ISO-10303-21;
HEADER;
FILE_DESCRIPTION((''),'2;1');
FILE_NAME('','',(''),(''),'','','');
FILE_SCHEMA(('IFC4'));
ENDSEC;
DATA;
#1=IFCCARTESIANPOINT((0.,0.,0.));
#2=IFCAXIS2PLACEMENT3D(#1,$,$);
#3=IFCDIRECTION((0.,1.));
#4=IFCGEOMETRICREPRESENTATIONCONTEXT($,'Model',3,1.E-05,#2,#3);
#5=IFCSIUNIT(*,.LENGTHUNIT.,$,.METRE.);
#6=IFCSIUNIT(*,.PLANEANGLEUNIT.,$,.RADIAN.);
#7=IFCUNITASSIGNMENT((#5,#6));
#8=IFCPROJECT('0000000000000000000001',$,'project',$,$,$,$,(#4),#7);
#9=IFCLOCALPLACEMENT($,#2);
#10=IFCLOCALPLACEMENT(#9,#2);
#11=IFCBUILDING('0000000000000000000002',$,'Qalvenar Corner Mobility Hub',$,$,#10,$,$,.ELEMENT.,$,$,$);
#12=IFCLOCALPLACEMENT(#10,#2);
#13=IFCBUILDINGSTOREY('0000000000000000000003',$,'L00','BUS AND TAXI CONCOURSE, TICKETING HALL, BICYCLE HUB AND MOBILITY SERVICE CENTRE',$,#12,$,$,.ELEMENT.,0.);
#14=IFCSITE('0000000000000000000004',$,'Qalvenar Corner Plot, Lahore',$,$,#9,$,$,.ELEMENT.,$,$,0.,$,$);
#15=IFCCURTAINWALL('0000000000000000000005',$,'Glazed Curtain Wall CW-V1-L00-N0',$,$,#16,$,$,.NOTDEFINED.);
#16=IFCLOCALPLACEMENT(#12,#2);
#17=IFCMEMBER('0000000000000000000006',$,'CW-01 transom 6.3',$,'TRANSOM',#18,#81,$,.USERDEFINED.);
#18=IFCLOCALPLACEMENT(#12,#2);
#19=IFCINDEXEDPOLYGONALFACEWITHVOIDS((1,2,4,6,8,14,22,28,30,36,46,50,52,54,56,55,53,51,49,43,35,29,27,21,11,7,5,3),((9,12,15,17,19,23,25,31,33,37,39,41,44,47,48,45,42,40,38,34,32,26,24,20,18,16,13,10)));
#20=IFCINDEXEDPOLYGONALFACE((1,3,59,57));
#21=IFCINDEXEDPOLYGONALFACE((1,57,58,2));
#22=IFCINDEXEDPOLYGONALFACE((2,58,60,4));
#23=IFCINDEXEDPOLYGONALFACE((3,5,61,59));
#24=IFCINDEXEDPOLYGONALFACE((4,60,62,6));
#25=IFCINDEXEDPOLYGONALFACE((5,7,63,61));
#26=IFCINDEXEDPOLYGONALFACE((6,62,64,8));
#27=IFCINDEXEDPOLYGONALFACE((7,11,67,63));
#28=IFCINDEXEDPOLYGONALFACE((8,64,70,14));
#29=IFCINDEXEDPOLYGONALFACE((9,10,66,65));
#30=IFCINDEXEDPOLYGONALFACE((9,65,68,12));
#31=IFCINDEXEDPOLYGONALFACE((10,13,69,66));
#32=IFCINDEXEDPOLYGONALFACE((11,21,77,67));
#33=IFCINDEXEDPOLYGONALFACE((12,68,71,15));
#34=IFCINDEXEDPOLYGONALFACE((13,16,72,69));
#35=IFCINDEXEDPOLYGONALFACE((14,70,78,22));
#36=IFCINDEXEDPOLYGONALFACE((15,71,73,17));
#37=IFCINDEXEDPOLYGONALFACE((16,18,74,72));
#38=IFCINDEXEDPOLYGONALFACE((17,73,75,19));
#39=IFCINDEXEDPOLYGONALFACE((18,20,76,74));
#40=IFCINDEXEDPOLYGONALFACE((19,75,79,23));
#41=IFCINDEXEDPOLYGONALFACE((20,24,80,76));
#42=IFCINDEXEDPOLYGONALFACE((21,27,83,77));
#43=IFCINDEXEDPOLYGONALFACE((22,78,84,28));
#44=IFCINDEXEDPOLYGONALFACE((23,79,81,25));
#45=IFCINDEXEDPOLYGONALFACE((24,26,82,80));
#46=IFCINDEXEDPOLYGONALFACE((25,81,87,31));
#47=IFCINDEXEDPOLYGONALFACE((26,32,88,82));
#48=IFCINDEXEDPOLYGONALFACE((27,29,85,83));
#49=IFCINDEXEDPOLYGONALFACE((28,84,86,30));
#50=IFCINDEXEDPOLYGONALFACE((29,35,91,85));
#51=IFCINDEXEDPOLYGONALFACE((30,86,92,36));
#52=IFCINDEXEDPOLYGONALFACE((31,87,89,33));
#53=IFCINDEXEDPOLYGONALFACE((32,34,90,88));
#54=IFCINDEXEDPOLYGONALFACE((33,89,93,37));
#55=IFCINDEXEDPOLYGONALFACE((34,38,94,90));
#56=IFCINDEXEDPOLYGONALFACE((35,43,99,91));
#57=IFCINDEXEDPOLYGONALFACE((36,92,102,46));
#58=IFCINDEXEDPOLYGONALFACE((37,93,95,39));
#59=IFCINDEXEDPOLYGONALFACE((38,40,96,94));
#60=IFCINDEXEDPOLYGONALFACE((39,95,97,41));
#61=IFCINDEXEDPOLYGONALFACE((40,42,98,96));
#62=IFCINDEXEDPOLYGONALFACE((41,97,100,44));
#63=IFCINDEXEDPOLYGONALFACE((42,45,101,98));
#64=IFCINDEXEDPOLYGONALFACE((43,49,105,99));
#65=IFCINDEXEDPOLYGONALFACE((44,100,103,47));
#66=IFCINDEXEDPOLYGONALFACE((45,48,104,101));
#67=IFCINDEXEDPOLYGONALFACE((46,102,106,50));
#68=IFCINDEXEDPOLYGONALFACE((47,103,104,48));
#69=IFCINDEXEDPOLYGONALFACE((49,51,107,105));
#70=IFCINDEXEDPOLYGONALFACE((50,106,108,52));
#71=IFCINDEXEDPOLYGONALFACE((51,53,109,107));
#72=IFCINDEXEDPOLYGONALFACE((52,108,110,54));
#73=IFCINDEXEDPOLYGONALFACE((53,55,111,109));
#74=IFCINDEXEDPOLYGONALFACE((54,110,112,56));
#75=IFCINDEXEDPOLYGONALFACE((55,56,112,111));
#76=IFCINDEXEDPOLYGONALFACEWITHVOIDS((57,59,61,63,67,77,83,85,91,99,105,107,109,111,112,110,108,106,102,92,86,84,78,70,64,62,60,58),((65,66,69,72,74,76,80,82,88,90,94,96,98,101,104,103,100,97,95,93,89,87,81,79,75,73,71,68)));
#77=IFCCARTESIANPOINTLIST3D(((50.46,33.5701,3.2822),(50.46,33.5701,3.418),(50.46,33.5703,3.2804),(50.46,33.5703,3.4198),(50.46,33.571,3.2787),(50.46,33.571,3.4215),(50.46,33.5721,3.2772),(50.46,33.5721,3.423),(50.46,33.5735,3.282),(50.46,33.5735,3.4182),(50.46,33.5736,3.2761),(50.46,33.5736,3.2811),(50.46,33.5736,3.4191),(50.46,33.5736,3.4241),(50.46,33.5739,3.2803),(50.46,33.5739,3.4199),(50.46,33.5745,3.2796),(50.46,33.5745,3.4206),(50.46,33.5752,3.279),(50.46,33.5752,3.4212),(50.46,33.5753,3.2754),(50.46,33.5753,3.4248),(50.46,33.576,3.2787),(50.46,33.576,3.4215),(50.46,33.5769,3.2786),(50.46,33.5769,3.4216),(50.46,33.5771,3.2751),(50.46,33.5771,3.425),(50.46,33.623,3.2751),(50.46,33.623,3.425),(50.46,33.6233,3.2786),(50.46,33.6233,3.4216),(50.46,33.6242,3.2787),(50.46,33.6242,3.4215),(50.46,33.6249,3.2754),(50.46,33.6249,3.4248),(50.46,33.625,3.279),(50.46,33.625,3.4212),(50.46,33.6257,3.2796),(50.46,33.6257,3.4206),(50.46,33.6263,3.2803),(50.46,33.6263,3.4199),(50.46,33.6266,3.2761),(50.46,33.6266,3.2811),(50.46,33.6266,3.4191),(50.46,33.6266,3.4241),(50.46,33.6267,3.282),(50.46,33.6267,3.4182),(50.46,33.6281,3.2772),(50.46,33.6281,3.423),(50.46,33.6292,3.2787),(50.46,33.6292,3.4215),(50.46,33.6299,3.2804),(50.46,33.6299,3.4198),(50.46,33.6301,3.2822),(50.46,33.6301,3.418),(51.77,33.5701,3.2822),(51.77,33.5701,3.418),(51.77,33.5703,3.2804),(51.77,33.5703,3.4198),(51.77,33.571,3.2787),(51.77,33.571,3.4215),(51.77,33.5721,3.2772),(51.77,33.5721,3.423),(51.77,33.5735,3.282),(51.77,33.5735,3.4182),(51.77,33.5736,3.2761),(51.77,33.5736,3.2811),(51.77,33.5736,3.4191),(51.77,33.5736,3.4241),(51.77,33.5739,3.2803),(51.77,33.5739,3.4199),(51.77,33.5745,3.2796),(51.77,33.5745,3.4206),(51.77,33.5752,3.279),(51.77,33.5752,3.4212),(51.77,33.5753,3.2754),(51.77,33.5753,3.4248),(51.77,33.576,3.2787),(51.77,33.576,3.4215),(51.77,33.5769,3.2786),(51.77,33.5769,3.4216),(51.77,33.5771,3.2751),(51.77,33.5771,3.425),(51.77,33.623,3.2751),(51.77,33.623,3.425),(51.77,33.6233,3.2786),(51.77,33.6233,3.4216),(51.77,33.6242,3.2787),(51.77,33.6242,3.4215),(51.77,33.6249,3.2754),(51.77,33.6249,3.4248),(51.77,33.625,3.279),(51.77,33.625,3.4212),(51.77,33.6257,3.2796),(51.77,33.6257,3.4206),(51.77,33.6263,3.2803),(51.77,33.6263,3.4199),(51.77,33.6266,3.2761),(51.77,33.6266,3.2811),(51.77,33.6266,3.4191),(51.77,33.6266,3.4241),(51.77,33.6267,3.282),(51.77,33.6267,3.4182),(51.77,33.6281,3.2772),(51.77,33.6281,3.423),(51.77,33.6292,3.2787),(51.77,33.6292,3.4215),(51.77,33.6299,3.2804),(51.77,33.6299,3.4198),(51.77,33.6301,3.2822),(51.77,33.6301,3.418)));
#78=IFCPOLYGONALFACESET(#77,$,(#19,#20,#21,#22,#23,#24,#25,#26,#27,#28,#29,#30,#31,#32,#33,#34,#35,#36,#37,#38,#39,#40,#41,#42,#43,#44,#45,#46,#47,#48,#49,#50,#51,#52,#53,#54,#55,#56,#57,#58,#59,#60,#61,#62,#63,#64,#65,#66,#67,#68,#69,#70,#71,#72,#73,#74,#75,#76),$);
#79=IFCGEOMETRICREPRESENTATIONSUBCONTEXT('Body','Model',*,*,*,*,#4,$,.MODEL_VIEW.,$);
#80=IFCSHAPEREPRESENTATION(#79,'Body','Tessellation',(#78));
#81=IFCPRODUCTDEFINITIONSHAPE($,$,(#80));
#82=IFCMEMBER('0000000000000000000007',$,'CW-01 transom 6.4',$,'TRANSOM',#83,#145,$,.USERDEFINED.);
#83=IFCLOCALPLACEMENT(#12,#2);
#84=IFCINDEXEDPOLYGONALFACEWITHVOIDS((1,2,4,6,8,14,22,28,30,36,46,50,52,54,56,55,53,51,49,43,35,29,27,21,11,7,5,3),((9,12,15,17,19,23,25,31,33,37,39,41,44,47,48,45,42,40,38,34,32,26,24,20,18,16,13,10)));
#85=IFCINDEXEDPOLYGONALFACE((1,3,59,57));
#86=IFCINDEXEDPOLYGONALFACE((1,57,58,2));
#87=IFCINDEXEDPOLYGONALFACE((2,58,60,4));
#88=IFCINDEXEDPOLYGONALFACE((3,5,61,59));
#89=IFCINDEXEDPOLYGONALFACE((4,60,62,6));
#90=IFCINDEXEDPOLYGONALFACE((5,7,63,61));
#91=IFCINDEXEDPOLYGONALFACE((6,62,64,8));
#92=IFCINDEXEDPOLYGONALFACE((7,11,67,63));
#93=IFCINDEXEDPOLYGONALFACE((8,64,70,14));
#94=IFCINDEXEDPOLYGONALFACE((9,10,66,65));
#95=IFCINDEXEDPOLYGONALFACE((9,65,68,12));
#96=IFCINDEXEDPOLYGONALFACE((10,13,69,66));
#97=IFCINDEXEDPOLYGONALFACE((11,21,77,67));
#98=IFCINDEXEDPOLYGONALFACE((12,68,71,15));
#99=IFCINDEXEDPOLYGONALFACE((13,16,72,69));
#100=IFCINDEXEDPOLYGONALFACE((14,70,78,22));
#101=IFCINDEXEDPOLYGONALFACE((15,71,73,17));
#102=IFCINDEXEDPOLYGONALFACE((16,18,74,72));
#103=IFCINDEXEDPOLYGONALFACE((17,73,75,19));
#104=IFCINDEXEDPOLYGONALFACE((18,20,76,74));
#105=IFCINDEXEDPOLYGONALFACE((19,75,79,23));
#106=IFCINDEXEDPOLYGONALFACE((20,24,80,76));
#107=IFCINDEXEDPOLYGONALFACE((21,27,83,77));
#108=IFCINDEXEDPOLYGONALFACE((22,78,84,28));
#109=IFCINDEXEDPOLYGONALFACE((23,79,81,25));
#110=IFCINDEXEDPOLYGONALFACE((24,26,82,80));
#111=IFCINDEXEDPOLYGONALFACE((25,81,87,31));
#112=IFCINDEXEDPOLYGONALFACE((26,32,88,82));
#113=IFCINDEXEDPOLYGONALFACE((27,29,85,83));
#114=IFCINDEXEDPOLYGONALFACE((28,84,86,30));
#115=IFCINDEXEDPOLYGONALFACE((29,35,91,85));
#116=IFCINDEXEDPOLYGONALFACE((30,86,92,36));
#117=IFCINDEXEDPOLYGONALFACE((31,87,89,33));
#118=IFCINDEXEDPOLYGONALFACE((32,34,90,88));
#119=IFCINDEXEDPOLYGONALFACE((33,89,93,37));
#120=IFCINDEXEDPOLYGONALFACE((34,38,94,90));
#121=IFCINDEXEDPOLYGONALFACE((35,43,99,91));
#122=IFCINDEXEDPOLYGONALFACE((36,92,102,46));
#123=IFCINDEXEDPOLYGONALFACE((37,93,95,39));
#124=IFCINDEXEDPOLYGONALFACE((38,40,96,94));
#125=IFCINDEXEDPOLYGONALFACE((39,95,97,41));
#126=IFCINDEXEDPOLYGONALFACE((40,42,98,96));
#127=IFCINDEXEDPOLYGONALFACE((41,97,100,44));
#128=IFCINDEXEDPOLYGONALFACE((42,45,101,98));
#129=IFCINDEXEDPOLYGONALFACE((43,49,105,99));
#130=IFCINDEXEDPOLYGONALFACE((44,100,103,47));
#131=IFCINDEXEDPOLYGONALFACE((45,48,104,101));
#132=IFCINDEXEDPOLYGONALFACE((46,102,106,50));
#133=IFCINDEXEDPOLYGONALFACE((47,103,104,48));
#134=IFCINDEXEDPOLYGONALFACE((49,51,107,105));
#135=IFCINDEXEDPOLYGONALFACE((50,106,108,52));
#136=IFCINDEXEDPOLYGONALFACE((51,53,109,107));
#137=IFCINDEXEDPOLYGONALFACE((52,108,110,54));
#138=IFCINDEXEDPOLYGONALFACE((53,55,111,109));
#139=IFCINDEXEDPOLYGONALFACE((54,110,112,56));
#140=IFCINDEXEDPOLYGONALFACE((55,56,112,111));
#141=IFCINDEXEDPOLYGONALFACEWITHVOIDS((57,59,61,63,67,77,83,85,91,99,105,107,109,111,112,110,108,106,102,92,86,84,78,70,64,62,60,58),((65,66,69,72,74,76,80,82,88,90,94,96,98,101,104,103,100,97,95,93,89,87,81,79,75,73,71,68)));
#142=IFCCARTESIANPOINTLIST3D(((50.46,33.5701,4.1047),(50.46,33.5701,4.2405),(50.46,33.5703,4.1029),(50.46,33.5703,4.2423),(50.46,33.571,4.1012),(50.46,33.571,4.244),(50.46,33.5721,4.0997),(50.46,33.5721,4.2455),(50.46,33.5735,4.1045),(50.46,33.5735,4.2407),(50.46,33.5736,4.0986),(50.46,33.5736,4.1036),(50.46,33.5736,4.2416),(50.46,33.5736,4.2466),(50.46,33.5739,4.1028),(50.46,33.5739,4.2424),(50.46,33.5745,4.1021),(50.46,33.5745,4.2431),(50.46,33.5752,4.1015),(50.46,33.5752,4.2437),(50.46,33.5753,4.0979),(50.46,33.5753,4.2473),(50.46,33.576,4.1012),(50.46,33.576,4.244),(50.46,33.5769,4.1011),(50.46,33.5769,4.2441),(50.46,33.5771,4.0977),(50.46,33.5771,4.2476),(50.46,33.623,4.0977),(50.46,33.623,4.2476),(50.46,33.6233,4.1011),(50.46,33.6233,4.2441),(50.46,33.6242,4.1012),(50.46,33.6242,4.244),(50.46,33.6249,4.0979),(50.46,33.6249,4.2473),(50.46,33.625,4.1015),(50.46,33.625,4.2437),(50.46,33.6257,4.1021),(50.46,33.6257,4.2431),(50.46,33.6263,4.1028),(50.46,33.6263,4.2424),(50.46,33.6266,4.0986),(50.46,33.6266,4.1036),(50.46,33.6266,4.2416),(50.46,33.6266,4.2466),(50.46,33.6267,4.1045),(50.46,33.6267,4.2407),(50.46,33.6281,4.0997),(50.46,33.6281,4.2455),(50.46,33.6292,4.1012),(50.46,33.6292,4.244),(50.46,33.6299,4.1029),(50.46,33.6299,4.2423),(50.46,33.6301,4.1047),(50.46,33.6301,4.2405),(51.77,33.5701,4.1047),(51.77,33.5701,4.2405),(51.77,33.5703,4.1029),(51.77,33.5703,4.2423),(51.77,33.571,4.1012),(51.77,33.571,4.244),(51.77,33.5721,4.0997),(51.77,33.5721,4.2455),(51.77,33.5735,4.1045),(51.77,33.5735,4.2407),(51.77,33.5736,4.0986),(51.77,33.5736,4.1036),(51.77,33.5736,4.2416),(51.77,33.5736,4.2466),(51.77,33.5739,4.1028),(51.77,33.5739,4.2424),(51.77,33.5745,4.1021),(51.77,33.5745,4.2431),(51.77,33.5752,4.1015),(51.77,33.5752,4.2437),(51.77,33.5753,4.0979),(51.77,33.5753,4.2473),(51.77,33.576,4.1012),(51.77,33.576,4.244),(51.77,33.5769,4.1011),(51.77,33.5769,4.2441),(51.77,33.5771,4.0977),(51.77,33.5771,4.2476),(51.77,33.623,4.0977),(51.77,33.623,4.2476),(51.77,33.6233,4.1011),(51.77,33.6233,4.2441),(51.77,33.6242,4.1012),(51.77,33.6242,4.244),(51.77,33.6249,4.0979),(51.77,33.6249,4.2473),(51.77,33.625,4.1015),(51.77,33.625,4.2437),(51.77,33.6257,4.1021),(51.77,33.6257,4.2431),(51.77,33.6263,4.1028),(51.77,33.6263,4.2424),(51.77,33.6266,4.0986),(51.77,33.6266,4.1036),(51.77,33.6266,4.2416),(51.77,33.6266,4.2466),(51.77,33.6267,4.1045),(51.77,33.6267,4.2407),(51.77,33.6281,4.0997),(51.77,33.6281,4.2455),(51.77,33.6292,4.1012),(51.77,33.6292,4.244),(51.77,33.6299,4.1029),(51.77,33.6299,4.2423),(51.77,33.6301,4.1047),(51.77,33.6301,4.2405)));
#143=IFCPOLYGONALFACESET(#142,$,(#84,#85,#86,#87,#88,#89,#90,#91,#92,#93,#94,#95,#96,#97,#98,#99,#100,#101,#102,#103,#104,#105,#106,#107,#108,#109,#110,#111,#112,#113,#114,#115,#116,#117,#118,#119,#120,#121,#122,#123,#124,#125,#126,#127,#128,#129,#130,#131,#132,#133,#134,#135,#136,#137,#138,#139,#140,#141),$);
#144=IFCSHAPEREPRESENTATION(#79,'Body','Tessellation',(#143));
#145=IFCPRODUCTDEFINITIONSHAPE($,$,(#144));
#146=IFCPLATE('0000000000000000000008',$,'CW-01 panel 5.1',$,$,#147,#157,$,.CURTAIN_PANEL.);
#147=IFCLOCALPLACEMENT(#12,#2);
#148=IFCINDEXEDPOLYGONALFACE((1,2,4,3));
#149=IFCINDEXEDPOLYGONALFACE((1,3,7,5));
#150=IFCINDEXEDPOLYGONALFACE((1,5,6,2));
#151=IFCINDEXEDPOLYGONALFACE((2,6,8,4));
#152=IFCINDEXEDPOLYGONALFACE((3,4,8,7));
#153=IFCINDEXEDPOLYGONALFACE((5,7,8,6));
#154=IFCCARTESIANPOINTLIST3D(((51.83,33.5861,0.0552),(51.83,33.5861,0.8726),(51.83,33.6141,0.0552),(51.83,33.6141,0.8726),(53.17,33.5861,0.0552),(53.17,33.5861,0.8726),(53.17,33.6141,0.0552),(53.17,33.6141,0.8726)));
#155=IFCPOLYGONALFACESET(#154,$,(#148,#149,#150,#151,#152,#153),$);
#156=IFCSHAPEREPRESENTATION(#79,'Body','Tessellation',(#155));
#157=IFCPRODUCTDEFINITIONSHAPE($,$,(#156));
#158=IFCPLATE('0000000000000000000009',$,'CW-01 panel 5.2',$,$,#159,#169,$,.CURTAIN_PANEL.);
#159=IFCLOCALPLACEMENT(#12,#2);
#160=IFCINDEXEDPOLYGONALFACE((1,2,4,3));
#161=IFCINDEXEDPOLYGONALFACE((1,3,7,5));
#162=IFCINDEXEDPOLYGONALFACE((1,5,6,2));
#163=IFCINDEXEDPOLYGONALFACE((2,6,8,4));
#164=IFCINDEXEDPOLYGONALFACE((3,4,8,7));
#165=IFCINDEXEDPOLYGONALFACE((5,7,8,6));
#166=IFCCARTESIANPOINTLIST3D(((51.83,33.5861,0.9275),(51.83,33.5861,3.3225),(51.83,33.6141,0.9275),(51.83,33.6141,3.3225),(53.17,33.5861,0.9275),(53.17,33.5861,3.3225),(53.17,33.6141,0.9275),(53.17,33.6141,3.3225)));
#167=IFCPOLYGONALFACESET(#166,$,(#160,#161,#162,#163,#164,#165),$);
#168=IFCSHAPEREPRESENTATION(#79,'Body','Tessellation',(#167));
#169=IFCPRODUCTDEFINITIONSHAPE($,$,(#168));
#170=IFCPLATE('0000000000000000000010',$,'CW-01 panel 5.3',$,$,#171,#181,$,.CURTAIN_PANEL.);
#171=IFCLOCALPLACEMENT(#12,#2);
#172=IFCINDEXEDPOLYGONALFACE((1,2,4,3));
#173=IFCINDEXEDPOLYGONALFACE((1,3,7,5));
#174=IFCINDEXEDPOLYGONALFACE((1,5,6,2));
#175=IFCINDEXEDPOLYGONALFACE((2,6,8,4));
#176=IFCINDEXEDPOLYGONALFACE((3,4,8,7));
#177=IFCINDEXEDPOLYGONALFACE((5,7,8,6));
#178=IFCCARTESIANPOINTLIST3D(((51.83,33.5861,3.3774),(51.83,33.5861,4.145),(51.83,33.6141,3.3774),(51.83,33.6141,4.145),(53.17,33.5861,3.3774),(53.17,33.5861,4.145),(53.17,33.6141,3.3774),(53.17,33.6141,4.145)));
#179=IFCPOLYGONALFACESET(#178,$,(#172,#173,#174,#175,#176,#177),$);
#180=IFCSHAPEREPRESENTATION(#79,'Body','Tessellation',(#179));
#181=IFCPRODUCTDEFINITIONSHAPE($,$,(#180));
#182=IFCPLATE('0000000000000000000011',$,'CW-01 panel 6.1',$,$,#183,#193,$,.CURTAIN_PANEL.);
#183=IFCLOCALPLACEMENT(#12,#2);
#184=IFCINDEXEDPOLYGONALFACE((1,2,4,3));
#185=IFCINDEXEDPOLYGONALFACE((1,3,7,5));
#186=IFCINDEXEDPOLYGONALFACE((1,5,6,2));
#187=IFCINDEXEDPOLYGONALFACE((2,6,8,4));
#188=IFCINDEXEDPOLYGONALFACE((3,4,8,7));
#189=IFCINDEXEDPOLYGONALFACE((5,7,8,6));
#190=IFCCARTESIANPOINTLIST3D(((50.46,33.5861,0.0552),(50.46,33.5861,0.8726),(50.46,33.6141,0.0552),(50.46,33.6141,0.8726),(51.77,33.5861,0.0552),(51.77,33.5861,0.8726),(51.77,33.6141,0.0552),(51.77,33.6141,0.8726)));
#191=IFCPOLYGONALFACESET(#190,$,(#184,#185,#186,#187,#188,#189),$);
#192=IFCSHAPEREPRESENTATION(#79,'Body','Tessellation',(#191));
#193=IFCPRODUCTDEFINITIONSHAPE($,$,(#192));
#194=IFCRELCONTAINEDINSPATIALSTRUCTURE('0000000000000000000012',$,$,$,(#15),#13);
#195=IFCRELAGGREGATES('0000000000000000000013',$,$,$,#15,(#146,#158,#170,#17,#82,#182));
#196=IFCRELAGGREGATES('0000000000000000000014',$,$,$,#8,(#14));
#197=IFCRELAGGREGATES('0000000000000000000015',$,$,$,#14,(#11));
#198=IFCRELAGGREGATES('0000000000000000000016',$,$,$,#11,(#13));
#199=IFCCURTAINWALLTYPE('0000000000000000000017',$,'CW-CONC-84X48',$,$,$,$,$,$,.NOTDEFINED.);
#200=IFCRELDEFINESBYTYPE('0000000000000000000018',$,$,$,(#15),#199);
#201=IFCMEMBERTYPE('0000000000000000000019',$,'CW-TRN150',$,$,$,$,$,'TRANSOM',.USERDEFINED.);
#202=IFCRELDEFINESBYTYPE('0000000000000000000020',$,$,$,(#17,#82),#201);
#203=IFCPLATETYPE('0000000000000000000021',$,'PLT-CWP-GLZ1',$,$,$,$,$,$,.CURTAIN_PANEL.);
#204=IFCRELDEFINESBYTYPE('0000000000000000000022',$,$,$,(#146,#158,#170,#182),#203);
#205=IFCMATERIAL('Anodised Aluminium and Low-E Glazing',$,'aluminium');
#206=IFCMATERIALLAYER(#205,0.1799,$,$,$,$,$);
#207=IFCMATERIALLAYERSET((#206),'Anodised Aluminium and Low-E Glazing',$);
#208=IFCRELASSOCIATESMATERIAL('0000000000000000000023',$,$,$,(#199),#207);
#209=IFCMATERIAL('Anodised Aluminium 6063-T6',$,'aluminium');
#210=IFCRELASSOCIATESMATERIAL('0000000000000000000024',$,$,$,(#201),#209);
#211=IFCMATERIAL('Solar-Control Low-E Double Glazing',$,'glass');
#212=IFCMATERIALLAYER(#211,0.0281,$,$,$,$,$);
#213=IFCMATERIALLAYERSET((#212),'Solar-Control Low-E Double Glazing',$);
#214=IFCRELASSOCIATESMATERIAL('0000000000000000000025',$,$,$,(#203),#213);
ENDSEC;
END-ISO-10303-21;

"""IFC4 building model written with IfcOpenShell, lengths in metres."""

from ifc_helpers import new_model, si_unit, direction, frame, origin, origin_2d, place, context, subcontext, project, spatial, rectangle, hollow_rectangle, extrude, material, layer, layer_set, material_profile, profile_set, type_object, element, aggregate, save


model = new_model("IFC4")

# Units and contexts
model_context = context("Model", 3, precision=1e-05, world=origin(), true_north=direction((0.0, 1.0)))
body_context = subcontext(model_context, "Body", "Model", "MODEL_VIEW")
ifc_project = project(units=[si_unit("LENGTHUNIT", "METRE"), si_unit("PLANEANGLEUNIT", "RADIAN")], contexts=[model_context])

# Site, building, storey
site_placement = place(None, origin())
site = spatial("IfcSite", under=ifc_project, at=site_placement, Name="Qalvenar Corner Plot, Lahore", CompositionType="ELEMENT", RefElevation=0.0)
building_placement = place(site_placement, origin())
building = spatial("IfcBuilding", under=site, at=building_placement, Name="Qalvenar Corner Mobility Hub", CompositionType="ELEMENT")
storey_placement = place(building_placement, origin())
storey = spatial("IfcBuildingStorey", under=building, at=storey_placement, Name="L00", Description="BUS AND TAXI CONCOURSE, TICKETING HALL, BICYCLE HUB AND MOBILITY SERVICE CENTRE", CompositionType="ELEMENT", Elevation=0.0)

# Curtain wall, members, plates
ifc_material_1 = material(Name="Anodised Aluminium and Low-E Glazing", Category="aluminium")
ifc_layer_1 = layer(ifc_material_1, 0.1799)
ifc_layer_set_1 = layer_set([ifc_layer_1], Name="Anodised Aluminium and Low-E Glazing")
curtain_wall_type = type_object("IfcCurtainWallType", Name="CW-CONC-84X48", PredefinedType="NOTDEFINED", material=ifc_layer_set_1)
curtain_wall_placement = place(storey_placement, origin())
curtain_wall = element("IfcCurtainWall", 1, at=curtain_wall_placement, inside=storey, type_object=curtain_wall_type, Name="Glazed Curtain Wall CW-V1-L00-N0", PredefinedType="NOTDEFINED")
ifc_material_2 = material(Name="Anodised Aluminium 6063-T6", Category="aluminium")
ifc_material_profile_1 = material_profile(ifc_material_2, hollow_rectangle(XDim=0.0601, YDim=0.1499, WallThickness=0.0034, InnerFilletRadius=0.0034, OuterFilletRadius=0.0071, at=origin_2d()), Name="RHS150x60x3.5")
ifc_profile_set_1 = profile_set([ifc_material_profile_1], Name="Anodised Aluminium 6063-T6")
member_type_1 = type_object("IfcMemberType", Name="CW-TRN150", ElementType="TRANSOM", PredefinedType="USERDEFINED", material=ifc_profile_set_1)
member_1_placement = place(storey_placement, frame((51.77, 33.6001, 3.3501), z_axis=(-1.0, 0.0, 0.0), x_axis=(0.0, -1.0, 0.0)))
member_1 = element("IfcMember", 2, at=member_1_placement, type_object=member_type_1, Name="CW-01 transom 6.3", ObjectType="TRANSOM", PredefinedType="USERDEFINED", context=body_context, shape_type="SweptSolid", body=[
    extrude(hollow_rectangle(XDim=0.0601, YDim=0.1499, WallThickness=0.0034, InnerFilletRadius=0.0034, OuterFilletRadius=0.0071, at=origin_2d()), origin(), (0.0, 0.0, 1.0), 1.3101),
])
member_2_placement = place(storey_placement, frame((51.77, 33.6001, 4.1726), z_axis=(-1.0, 0.0, 0.0), x_axis=(0.0, -1.0, 0.0)))
member_2 = element("IfcMember", 3, at=member_2_placement, type_object=member_type_1, Name="CW-01 transom 6.4", ObjectType="TRANSOM", PredefinedType="USERDEFINED", context=body_context, shape_type="SweptSolid", body=[
    extrude(hollow_rectangle(XDim=0.0601, YDim=0.1499, WallThickness=0.0034, InnerFilletRadius=0.0034, OuterFilletRadius=0.0071, at=origin_2d()), origin(), (0.0, 0.0, 1.0), 1.3101),
])
ifc_material_3 = material(Name="Solar-Control Low-E Double Glazing", Category="glass")
ifc_layer_2 = layer(ifc_material_3, 0.0281)
ifc_layer_set_2 = layer_set([ifc_layer_2], Name="Solar-Control Low-E Double Glazing")
plate_type = type_object("IfcPlateType", Name="PLT-CWP-GLZ1", PredefinedType="CURTAIN_PANEL", material=ifc_layer_set_2)
plate_1_placement = place(storey_placement, frame((52.5, 33.6001, 0.0552), z_axis=(0.0, 0.0, 1.0), x_axis=(-1.0, 0.0, 0.0)))
plate_1 = element("IfcPlate", 4, at=plate_1_placement, type_object=plate_type, Name="CW-01 panel 5.1", PredefinedType="CURTAIN_PANEL", context=body_context, shape_type="SweptSolid", body=[
    extrude(rectangle(XDim=1.3401, YDim=0.0281, at=origin_2d()), origin(), (0.0, 0.0, 1.0), 0.8174),
])
plate_2_placement = place(storey_placement, frame((52.5, 33.6001, 0.9275), z_axis=(0.0, 0.0, 1.0), x_axis=(-1.0, 0.0, 0.0)))
plate_2 = element("IfcPlate", 5, at=plate_2_placement, type_object=plate_type, Name="CW-01 panel 5.2", PredefinedType="CURTAIN_PANEL", context=body_context, shape_type="SweptSolid", body=[
    extrude(rectangle(XDim=1.3401, YDim=0.0281, at=origin_2d()), origin(), (0.0, 0.0, 1.0), 2.395),
])
plate_3_placement = place(storey_placement, frame((52.5, 33.6001, 3.3774), z_axis=(0.0, 0.0, 1.0), x_axis=(-1.0, 0.0, 0.0)))
plate_3 = element("IfcPlate", 6, at=plate_3_placement, type_object=plate_type, Name="CW-01 panel 5.3", PredefinedType="CURTAIN_PANEL", context=body_context, shape_type="SweptSolid", body=[
    extrude(rectangle(XDim=1.3401, YDim=0.0281, at=origin_2d()), origin(), (0.0, 0.0, 1.0), 0.7676),
])
plate_4_placement = place(storey_placement, frame((51.115, 33.6001, 0.0552), z_axis=(0.0, 0.0, 1.0), x_axis=(-1.0, 0.0, 0.0)))
plate_4 = element("IfcPlate", 7, at=plate_4_placement, type_object=plate_type, Name="CW-01 panel 6.1", PredefinedType="CURTAIN_PANEL", context=body_context, shape_type="SweptSolid", body=[
    extrude(rectangle(XDim=1.3101, YDim=0.0281, at=origin_2d()), origin(), (0.0, 0.0, 1.0), 0.8174),
])
aggregate(curtain_wall, [plate_1, plate_2, plate_3, member_1, member_2, plate_4])

save(model, "model.ifc")
